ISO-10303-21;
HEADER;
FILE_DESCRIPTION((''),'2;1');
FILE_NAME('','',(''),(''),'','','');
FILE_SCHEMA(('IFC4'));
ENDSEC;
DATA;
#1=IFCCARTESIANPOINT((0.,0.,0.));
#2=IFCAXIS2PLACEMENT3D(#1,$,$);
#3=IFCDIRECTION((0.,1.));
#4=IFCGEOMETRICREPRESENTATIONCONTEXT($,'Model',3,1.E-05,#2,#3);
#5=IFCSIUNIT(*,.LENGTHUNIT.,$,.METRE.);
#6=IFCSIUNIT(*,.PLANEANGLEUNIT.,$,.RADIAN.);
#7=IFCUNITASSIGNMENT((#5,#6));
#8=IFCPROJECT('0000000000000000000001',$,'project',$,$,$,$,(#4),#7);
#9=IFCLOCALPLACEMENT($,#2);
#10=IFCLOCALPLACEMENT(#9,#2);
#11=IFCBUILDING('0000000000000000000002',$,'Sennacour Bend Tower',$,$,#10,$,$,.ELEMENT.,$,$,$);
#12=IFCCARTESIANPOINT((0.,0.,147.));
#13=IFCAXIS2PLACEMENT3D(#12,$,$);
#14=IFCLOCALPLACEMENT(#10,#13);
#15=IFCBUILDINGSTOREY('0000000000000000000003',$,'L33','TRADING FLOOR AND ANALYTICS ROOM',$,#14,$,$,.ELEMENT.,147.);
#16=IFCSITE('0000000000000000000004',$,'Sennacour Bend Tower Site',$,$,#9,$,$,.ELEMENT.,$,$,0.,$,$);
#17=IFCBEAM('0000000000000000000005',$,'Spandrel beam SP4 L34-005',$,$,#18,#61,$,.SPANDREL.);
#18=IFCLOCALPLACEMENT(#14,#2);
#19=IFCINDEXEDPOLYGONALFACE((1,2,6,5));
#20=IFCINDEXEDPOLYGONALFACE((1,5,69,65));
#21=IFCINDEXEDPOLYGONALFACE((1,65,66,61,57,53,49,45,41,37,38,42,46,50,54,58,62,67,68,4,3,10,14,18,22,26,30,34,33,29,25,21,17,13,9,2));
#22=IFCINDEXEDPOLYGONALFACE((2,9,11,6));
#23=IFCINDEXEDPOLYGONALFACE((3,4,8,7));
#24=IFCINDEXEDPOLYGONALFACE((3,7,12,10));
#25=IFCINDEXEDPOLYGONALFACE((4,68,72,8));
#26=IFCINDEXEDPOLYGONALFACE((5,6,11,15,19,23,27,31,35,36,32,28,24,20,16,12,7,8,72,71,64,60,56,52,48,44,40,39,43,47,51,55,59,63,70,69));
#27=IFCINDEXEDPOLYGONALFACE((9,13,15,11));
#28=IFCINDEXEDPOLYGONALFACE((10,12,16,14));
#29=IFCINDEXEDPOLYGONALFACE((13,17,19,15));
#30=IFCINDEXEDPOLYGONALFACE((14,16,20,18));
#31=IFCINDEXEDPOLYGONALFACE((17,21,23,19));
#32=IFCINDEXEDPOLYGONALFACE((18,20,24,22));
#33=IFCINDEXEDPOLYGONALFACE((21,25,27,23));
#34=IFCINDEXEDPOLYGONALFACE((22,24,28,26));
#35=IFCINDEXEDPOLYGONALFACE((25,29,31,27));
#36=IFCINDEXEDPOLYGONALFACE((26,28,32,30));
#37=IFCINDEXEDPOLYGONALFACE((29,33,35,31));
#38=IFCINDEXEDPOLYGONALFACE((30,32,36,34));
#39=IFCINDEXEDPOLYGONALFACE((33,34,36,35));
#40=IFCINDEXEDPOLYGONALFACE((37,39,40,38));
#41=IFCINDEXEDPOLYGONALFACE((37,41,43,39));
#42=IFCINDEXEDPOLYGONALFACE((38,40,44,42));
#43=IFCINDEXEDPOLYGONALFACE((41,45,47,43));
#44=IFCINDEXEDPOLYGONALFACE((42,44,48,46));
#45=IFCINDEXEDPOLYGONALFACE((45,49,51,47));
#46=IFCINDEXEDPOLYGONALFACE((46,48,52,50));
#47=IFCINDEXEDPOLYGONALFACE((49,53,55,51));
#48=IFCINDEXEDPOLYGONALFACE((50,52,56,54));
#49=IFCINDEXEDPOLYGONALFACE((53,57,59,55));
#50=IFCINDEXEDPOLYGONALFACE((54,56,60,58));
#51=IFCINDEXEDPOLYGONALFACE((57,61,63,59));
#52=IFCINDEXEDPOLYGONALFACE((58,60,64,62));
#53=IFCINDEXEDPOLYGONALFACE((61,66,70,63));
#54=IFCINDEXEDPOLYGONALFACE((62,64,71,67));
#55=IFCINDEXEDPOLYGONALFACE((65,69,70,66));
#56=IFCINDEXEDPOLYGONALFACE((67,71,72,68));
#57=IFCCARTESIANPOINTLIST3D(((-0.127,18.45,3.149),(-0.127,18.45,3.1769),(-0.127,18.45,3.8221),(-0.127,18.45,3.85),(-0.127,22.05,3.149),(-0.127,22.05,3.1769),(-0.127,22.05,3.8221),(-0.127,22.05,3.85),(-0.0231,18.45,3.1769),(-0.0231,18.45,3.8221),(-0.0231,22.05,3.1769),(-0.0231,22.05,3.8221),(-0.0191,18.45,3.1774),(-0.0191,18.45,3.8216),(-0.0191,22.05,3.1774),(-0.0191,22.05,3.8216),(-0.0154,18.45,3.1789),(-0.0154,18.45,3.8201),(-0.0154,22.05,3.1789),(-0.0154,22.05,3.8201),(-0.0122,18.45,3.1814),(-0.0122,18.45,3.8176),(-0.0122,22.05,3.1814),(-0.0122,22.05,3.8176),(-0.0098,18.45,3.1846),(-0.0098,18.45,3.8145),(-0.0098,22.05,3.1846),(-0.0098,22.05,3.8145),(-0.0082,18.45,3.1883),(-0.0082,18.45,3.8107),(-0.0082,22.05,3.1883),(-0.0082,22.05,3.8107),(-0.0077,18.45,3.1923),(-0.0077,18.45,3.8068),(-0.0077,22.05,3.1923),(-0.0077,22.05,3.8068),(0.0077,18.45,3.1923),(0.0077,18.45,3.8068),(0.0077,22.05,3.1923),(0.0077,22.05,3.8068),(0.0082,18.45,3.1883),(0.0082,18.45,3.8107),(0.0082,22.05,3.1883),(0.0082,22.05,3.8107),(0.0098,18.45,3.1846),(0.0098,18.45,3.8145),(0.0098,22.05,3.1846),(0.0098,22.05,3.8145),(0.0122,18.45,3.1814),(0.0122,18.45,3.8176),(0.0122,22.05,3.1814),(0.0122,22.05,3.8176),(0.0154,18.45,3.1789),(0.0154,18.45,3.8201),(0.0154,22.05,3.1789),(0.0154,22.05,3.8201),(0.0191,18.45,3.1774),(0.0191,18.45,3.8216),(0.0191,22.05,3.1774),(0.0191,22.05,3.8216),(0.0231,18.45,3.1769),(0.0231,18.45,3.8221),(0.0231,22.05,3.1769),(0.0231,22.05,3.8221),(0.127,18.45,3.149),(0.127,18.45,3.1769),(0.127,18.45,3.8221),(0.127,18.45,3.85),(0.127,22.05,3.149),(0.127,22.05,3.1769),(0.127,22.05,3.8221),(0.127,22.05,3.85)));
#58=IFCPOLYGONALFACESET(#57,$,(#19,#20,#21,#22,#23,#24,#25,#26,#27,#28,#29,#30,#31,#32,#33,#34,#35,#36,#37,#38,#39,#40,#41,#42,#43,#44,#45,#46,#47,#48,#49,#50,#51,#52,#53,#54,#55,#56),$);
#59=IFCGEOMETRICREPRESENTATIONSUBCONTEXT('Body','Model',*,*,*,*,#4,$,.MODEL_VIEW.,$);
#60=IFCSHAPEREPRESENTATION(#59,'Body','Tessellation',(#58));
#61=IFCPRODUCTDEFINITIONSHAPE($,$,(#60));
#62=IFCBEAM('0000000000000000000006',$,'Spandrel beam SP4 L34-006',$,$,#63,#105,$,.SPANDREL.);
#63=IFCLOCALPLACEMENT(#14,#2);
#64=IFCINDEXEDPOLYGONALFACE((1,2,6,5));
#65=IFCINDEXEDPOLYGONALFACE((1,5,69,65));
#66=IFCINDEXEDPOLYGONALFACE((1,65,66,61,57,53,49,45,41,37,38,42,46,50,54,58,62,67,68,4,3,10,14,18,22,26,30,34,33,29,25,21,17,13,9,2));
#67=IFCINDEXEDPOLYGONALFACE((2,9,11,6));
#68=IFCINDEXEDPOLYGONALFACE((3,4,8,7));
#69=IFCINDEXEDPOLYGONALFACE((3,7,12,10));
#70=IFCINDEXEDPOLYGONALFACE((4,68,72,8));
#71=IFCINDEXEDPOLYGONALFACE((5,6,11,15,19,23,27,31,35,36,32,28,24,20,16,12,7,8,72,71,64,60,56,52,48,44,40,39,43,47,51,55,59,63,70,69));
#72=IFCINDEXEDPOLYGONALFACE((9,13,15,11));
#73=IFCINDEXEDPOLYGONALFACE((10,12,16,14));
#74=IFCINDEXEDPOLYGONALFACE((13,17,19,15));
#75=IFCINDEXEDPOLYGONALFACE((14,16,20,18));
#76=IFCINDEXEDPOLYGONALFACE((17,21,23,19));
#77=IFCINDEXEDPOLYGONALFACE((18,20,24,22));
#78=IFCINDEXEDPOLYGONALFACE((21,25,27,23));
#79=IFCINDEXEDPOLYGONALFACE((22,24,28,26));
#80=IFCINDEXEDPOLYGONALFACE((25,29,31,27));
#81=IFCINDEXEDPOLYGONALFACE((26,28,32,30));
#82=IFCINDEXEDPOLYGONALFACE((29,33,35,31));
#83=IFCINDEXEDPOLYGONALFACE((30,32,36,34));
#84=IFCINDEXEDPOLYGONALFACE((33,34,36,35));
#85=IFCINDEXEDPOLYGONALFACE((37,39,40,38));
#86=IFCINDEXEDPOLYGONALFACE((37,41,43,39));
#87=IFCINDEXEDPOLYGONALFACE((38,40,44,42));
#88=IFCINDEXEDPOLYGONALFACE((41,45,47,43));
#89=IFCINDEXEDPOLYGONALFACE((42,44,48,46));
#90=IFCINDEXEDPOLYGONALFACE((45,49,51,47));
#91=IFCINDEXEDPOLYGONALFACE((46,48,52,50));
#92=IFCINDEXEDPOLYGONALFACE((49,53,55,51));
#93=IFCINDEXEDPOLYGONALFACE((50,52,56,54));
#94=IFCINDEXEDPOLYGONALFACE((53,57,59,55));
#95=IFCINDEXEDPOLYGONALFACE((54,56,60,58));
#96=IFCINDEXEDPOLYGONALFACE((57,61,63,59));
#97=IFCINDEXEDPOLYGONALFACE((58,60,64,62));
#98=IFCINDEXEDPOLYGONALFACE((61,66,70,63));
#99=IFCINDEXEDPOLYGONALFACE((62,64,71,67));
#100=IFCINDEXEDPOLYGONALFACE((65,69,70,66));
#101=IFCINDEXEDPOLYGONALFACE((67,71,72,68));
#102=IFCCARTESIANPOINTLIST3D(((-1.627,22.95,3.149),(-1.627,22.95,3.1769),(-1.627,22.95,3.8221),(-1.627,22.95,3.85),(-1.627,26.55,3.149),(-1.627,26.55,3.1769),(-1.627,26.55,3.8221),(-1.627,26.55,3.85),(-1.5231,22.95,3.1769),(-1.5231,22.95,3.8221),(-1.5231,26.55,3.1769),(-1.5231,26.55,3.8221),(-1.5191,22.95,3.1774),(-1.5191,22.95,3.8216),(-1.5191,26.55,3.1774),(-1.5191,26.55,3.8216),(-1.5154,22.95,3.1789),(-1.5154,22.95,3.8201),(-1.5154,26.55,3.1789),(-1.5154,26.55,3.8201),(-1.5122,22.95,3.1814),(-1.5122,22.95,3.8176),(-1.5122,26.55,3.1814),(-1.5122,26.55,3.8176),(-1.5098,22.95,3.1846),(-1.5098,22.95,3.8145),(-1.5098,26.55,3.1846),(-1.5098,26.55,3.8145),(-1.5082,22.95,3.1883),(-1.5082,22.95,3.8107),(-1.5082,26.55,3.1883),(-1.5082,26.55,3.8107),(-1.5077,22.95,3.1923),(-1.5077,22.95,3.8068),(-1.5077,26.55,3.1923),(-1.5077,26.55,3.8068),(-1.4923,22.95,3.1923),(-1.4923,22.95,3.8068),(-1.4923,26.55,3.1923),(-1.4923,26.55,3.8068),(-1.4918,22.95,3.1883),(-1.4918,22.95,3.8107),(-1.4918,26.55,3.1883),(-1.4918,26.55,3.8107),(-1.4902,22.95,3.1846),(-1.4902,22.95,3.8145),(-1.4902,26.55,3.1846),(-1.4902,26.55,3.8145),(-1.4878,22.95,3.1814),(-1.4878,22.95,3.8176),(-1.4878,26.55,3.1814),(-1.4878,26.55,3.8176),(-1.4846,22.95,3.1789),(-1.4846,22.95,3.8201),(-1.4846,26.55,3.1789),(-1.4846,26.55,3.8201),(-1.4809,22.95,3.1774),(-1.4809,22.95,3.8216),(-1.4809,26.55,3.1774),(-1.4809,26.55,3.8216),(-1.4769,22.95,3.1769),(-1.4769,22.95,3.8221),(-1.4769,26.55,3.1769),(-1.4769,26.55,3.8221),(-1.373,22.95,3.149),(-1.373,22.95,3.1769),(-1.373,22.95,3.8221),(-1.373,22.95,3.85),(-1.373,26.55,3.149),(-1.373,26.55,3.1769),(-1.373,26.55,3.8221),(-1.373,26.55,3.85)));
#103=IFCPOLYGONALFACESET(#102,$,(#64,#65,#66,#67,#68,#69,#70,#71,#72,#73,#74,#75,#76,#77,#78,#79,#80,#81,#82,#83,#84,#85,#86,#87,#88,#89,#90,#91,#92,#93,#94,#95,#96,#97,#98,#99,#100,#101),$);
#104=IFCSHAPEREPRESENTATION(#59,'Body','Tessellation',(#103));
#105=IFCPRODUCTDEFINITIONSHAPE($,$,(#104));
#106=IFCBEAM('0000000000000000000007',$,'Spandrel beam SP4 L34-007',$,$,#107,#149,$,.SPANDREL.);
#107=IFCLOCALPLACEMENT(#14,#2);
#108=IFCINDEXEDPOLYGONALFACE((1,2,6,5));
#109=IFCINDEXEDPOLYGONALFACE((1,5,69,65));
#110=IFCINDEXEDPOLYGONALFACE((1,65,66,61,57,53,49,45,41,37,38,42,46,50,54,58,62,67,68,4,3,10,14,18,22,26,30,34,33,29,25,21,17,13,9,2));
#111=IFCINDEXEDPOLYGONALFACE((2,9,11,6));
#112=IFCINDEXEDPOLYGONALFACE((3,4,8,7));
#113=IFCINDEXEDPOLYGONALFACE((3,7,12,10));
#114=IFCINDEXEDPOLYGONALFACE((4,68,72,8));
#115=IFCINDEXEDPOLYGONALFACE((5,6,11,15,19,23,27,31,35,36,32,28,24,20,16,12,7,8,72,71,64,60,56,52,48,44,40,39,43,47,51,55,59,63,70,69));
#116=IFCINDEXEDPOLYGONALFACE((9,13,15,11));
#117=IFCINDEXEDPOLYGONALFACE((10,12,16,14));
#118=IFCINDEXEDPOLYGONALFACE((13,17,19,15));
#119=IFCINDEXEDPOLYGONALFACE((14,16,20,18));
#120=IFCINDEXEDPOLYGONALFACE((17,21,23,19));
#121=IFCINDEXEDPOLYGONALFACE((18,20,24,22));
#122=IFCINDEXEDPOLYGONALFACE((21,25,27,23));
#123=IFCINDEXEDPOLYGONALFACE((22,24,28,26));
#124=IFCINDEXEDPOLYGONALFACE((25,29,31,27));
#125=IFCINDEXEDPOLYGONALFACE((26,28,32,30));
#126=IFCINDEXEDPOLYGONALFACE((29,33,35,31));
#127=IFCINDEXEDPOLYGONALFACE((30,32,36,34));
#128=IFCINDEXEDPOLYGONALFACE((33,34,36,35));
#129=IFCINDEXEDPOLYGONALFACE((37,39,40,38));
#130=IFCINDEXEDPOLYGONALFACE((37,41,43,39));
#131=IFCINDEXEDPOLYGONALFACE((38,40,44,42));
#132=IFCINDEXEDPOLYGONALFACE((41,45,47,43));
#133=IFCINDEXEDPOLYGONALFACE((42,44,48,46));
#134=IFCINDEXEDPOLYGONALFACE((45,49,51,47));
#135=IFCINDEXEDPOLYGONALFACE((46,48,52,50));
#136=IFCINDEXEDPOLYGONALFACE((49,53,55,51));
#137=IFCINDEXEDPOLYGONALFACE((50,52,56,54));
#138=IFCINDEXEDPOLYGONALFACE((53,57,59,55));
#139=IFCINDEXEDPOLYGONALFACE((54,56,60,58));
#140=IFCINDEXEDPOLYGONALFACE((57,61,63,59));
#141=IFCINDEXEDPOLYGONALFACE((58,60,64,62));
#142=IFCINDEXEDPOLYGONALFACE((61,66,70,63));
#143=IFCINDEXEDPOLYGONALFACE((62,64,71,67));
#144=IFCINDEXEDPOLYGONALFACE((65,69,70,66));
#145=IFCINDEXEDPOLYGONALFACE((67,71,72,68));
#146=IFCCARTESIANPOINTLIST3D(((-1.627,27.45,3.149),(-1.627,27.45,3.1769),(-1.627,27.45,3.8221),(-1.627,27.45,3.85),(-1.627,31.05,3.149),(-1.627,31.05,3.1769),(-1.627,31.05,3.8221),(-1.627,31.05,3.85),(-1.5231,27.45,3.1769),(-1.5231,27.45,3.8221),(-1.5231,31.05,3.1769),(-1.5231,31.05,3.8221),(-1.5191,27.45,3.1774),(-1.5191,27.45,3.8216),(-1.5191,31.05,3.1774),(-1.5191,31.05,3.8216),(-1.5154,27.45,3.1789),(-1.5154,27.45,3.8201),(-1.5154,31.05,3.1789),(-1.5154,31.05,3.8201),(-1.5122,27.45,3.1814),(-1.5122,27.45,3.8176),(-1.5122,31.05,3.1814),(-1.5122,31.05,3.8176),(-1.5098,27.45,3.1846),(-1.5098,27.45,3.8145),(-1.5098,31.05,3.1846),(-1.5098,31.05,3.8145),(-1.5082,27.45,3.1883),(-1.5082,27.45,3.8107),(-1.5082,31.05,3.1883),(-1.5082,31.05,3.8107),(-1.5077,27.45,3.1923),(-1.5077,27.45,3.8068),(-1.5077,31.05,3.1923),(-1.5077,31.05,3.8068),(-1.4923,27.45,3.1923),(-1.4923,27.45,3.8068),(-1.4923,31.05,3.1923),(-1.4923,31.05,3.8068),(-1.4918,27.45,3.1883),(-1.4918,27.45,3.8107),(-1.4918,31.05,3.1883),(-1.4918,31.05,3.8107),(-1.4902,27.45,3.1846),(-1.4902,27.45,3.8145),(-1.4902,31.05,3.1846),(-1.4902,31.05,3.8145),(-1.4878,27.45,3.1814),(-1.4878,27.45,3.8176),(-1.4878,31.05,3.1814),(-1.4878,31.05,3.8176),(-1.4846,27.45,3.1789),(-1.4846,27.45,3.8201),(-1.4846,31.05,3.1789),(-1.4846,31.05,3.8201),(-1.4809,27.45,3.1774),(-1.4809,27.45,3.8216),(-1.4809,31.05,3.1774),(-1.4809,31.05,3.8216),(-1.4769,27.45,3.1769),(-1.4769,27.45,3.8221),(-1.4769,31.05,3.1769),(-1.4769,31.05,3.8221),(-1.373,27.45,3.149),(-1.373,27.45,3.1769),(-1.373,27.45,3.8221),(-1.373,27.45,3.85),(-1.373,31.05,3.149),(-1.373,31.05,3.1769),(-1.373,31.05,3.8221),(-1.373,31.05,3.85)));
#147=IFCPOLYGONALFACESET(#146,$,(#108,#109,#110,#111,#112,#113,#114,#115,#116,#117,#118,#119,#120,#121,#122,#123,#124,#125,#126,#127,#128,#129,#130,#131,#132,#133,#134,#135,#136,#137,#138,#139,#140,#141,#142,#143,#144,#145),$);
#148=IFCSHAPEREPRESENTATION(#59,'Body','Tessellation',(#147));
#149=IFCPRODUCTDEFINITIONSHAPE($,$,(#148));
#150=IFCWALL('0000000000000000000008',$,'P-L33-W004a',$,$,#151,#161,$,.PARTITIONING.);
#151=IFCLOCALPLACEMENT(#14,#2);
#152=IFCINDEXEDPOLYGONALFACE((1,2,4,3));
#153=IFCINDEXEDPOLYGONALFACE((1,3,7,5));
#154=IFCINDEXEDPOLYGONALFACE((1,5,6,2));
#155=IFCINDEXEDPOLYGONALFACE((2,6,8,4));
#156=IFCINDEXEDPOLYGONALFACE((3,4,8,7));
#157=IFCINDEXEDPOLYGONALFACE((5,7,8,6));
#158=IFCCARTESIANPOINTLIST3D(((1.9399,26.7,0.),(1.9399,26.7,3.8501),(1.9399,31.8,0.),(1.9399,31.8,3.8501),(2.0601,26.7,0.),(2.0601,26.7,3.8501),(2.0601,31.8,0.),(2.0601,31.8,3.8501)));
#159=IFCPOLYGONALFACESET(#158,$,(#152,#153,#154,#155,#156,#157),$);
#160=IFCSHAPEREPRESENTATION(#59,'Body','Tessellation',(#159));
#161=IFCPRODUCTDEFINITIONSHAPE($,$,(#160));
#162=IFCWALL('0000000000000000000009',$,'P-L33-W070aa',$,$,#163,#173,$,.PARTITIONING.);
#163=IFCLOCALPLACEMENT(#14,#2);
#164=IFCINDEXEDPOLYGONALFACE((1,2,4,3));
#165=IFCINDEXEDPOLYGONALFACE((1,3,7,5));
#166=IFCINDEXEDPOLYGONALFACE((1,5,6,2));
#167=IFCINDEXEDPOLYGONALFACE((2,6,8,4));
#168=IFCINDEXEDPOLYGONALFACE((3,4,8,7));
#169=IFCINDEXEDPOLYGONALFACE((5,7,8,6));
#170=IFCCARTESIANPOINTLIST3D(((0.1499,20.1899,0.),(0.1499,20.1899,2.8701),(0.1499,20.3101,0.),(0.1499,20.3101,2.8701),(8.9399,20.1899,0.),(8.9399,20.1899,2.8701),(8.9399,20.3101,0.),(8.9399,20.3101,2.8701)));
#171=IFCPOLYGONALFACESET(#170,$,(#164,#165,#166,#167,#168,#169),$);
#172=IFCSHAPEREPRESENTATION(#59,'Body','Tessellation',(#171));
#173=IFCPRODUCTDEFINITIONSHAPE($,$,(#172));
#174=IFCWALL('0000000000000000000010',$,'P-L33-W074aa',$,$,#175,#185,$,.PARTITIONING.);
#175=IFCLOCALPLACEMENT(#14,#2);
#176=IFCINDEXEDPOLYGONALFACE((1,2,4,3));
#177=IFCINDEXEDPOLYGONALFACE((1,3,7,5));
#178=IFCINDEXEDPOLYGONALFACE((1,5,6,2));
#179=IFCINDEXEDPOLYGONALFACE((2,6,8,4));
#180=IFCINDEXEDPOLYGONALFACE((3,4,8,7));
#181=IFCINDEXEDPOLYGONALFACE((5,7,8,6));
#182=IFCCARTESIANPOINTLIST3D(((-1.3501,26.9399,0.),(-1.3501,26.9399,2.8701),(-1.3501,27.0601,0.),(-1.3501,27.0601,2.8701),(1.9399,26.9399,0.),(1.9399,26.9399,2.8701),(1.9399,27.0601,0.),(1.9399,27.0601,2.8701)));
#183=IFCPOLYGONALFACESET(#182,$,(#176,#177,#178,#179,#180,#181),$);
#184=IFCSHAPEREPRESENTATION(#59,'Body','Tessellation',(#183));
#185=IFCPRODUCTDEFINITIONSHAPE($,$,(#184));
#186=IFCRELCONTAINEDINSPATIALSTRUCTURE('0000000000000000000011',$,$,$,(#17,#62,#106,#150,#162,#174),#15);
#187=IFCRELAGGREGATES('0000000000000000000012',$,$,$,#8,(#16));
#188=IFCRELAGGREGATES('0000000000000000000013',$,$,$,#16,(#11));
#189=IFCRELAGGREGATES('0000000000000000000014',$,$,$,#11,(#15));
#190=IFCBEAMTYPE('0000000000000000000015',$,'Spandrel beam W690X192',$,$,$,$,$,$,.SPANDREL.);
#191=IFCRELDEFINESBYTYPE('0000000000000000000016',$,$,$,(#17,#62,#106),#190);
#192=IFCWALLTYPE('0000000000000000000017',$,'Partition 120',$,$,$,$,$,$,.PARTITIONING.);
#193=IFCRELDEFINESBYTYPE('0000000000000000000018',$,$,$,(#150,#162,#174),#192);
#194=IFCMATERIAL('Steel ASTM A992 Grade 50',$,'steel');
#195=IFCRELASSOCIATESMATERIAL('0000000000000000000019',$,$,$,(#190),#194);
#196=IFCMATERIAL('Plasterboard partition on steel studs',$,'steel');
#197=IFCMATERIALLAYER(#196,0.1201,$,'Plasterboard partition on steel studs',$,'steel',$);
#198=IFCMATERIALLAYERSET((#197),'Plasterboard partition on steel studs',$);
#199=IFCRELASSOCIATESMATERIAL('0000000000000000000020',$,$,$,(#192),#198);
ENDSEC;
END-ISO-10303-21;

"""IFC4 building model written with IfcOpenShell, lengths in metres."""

from ifc_helpers import new_model, si_unit, direction, frame, frame_2d, origin, origin_2d, place, context, subcontext, project, spatial, rectangle, i_section, extrude, material, layer, layer_set, material_profile, profile_set, type_object, element, save


model = new_model("IFC4")

# Units and contexts
model_context = context("Model", 3, precision=1e-05, world=origin(), true_north=direction((0.0, 1.0)))
body_context = subcontext(model_context, "Body", "Model", "MODEL_VIEW")
ifc_project = project(units=[si_unit("LENGTHUNIT", "METRE"), si_unit("PLANEANGLEUNIT", "RADIAN")], contexts=[model_context])

# Site, building, storey
site_placement = place(None, origin())
site = spatial("IfcSite", under=ifc_project, at=site_placement, Name="Sennacour Bend Tower Site", CompositionType="ELEMENT", RefElevation=0.0)
building_placement = place(site_placement, origin())
building = spatial("IfcBuilding", under=site, at=building_placement, Name="Sennacour Bend Tower", CompositionType="ELEMENT")
storey_placement = place(building_placement, frame((0.0, 0.0, 147.0)))
storey = spatial("IfcBuildingStorey", under=building, at=storey_placement, Name="L33", Description="TRADING FLOOR AND ANALYTICS ROOM", CompositionType="ELEMENT", Elevation=147.0)

# Beams
ifc_material_1 = material(Name="Steel ASTM A992 Grade 50", Category="steel")
ifc_material_profile_1 = material_profile(ifc_material_1, i_section(OverallWidth=0.2539, OverallDepth=0.7009, WebThickness=0.0154, FlangeThickness=0.0278, FilletRadius=0.0154, at=origin_2d()), Name="Steel ASTM A992 Grade 50", Category="steel")
ifc_profile_set_1 = profile_set([ifc_material_profile_1], Name="Steel ASTM A992 Grade 50")
beam_type_1 = type_object("IfcBeamType", Name="Spandrel beam W690X192", PredefinedType="SPANDREL", material=ifc_profile_set_1)
for number, where, z_axis, x_axis, name in (
    (1, (0.0, 18.45, 3.4995), (0.0, 1.0, 0.0), (-1.0, 0.0, 0.0), "Spandrel beam SP4 L34-005"),
    (2, (-1.5, 22.95, 3.4995), (0.0, 1.0, 0.0), (-1.0, 0.0, 0.0), "Spandrel beam SP4 L34-006"),
    (3, (-1.5, 27.45, 3.4995), (0.0, 1.0, 0.0), (-1.0, 0.0, 0.0), "Spandrel beam SP4 L34-007"),
):
    element("IfcBeam", number, at=place(storey_placement, frame(where, z_axis=z_axis, x_axis=x_axis)), inside=storey, type_object=beam_type_1, Name=name, PredefinedType="SPANDREL", context=body_context, shape_type="SweptSolid", body=[
        extrude(i_section(OverallWidth=0.2539, OverallDepth=0.7009, WebThickness=0.0154, FlangeThickness=0.0278, FilletRadius=0.0154, at=origin_2d()), origin(), (0.0, 0.0, 1.0), 3.6001),
    ])

# Walls
ifc_material_2 = material(Name="Plasterboard partition on steel studs", Category="steel")
ifc_layer_1 = layer(ifc_material_2, 0.1201, Name="Plasterboard partition on steel studs", Category="steel")
ifc_layer_set_1 = layer_set([ifc_layer_1], Name="Plasterboard partition on steel studs")
wall_type_1 = type_object("IfcWallType", Name="Partition 120", PredefinedType="PARTITIONING", material=ifc_layer_set_1)
wall_1_placement = place(storey_placement, frame((2.0, 26.7, 0.0), z_axis=(0.0, 0.0, 1.0), x_axis=(0.0, 1.0, 0.0)))
element("IfcWall", 4, at=wall_1_placement, inside=storey, type_object=wall_type_1, Name="P-L33-W004a", PredefinedType="PARTITIONING", context=body_context, shape_type="SweptSolid", body=[
    extrude(rectangle(XDim=5.1001, YDim=0.1201, at=frame_2d((2.55, 0.0))), origin(), (0.0, 0.0, 1.0), 3.8501),
])
wall_2_placement = place(storey_placement, frame((0.1499, 20.25, 0.0), z_axis=(0.0, 0.0, 1.0), x_axis=(1.0, 0.0, 0.0)))
element("IfcWall", 5, at=wall_2_placement, inside=storey, type_object=wall_type_1, Name="P-L33-W070aa", PredefinedType="PARTITIONING", context=body_context, shape_type="SweptSolid", body=[
    extrude(rectangle(XDim=8.79, YDim=0.1201, at=frame_2d((4.395, 0.0))), origin(), (0.0, 0.0, 1.0), 2.8701),
])
wall_3_placement = place(storey_placement, frame((-1.3501, 27.0, 0.0), z_axis=(0.0, 0.0, 1.0), x_axis=(1.0, 0.0, 0.0)))
element("IfcWall", 6, at=wall_3_placement, inside=storey, type_object=wall_type_1, Name="P-L33-W074aa", PredefinedType="PARTITIONING", context=body_context, shape_type="SweptSolid", body=[
    extrude(rectangle(XDim=3.29, YDim=0.1201, at=frame_2d((1.645, 0.0))), origin(), (0.0, 0.0, 1.0), 2.8701),
])

save(model, "model.ifc")
